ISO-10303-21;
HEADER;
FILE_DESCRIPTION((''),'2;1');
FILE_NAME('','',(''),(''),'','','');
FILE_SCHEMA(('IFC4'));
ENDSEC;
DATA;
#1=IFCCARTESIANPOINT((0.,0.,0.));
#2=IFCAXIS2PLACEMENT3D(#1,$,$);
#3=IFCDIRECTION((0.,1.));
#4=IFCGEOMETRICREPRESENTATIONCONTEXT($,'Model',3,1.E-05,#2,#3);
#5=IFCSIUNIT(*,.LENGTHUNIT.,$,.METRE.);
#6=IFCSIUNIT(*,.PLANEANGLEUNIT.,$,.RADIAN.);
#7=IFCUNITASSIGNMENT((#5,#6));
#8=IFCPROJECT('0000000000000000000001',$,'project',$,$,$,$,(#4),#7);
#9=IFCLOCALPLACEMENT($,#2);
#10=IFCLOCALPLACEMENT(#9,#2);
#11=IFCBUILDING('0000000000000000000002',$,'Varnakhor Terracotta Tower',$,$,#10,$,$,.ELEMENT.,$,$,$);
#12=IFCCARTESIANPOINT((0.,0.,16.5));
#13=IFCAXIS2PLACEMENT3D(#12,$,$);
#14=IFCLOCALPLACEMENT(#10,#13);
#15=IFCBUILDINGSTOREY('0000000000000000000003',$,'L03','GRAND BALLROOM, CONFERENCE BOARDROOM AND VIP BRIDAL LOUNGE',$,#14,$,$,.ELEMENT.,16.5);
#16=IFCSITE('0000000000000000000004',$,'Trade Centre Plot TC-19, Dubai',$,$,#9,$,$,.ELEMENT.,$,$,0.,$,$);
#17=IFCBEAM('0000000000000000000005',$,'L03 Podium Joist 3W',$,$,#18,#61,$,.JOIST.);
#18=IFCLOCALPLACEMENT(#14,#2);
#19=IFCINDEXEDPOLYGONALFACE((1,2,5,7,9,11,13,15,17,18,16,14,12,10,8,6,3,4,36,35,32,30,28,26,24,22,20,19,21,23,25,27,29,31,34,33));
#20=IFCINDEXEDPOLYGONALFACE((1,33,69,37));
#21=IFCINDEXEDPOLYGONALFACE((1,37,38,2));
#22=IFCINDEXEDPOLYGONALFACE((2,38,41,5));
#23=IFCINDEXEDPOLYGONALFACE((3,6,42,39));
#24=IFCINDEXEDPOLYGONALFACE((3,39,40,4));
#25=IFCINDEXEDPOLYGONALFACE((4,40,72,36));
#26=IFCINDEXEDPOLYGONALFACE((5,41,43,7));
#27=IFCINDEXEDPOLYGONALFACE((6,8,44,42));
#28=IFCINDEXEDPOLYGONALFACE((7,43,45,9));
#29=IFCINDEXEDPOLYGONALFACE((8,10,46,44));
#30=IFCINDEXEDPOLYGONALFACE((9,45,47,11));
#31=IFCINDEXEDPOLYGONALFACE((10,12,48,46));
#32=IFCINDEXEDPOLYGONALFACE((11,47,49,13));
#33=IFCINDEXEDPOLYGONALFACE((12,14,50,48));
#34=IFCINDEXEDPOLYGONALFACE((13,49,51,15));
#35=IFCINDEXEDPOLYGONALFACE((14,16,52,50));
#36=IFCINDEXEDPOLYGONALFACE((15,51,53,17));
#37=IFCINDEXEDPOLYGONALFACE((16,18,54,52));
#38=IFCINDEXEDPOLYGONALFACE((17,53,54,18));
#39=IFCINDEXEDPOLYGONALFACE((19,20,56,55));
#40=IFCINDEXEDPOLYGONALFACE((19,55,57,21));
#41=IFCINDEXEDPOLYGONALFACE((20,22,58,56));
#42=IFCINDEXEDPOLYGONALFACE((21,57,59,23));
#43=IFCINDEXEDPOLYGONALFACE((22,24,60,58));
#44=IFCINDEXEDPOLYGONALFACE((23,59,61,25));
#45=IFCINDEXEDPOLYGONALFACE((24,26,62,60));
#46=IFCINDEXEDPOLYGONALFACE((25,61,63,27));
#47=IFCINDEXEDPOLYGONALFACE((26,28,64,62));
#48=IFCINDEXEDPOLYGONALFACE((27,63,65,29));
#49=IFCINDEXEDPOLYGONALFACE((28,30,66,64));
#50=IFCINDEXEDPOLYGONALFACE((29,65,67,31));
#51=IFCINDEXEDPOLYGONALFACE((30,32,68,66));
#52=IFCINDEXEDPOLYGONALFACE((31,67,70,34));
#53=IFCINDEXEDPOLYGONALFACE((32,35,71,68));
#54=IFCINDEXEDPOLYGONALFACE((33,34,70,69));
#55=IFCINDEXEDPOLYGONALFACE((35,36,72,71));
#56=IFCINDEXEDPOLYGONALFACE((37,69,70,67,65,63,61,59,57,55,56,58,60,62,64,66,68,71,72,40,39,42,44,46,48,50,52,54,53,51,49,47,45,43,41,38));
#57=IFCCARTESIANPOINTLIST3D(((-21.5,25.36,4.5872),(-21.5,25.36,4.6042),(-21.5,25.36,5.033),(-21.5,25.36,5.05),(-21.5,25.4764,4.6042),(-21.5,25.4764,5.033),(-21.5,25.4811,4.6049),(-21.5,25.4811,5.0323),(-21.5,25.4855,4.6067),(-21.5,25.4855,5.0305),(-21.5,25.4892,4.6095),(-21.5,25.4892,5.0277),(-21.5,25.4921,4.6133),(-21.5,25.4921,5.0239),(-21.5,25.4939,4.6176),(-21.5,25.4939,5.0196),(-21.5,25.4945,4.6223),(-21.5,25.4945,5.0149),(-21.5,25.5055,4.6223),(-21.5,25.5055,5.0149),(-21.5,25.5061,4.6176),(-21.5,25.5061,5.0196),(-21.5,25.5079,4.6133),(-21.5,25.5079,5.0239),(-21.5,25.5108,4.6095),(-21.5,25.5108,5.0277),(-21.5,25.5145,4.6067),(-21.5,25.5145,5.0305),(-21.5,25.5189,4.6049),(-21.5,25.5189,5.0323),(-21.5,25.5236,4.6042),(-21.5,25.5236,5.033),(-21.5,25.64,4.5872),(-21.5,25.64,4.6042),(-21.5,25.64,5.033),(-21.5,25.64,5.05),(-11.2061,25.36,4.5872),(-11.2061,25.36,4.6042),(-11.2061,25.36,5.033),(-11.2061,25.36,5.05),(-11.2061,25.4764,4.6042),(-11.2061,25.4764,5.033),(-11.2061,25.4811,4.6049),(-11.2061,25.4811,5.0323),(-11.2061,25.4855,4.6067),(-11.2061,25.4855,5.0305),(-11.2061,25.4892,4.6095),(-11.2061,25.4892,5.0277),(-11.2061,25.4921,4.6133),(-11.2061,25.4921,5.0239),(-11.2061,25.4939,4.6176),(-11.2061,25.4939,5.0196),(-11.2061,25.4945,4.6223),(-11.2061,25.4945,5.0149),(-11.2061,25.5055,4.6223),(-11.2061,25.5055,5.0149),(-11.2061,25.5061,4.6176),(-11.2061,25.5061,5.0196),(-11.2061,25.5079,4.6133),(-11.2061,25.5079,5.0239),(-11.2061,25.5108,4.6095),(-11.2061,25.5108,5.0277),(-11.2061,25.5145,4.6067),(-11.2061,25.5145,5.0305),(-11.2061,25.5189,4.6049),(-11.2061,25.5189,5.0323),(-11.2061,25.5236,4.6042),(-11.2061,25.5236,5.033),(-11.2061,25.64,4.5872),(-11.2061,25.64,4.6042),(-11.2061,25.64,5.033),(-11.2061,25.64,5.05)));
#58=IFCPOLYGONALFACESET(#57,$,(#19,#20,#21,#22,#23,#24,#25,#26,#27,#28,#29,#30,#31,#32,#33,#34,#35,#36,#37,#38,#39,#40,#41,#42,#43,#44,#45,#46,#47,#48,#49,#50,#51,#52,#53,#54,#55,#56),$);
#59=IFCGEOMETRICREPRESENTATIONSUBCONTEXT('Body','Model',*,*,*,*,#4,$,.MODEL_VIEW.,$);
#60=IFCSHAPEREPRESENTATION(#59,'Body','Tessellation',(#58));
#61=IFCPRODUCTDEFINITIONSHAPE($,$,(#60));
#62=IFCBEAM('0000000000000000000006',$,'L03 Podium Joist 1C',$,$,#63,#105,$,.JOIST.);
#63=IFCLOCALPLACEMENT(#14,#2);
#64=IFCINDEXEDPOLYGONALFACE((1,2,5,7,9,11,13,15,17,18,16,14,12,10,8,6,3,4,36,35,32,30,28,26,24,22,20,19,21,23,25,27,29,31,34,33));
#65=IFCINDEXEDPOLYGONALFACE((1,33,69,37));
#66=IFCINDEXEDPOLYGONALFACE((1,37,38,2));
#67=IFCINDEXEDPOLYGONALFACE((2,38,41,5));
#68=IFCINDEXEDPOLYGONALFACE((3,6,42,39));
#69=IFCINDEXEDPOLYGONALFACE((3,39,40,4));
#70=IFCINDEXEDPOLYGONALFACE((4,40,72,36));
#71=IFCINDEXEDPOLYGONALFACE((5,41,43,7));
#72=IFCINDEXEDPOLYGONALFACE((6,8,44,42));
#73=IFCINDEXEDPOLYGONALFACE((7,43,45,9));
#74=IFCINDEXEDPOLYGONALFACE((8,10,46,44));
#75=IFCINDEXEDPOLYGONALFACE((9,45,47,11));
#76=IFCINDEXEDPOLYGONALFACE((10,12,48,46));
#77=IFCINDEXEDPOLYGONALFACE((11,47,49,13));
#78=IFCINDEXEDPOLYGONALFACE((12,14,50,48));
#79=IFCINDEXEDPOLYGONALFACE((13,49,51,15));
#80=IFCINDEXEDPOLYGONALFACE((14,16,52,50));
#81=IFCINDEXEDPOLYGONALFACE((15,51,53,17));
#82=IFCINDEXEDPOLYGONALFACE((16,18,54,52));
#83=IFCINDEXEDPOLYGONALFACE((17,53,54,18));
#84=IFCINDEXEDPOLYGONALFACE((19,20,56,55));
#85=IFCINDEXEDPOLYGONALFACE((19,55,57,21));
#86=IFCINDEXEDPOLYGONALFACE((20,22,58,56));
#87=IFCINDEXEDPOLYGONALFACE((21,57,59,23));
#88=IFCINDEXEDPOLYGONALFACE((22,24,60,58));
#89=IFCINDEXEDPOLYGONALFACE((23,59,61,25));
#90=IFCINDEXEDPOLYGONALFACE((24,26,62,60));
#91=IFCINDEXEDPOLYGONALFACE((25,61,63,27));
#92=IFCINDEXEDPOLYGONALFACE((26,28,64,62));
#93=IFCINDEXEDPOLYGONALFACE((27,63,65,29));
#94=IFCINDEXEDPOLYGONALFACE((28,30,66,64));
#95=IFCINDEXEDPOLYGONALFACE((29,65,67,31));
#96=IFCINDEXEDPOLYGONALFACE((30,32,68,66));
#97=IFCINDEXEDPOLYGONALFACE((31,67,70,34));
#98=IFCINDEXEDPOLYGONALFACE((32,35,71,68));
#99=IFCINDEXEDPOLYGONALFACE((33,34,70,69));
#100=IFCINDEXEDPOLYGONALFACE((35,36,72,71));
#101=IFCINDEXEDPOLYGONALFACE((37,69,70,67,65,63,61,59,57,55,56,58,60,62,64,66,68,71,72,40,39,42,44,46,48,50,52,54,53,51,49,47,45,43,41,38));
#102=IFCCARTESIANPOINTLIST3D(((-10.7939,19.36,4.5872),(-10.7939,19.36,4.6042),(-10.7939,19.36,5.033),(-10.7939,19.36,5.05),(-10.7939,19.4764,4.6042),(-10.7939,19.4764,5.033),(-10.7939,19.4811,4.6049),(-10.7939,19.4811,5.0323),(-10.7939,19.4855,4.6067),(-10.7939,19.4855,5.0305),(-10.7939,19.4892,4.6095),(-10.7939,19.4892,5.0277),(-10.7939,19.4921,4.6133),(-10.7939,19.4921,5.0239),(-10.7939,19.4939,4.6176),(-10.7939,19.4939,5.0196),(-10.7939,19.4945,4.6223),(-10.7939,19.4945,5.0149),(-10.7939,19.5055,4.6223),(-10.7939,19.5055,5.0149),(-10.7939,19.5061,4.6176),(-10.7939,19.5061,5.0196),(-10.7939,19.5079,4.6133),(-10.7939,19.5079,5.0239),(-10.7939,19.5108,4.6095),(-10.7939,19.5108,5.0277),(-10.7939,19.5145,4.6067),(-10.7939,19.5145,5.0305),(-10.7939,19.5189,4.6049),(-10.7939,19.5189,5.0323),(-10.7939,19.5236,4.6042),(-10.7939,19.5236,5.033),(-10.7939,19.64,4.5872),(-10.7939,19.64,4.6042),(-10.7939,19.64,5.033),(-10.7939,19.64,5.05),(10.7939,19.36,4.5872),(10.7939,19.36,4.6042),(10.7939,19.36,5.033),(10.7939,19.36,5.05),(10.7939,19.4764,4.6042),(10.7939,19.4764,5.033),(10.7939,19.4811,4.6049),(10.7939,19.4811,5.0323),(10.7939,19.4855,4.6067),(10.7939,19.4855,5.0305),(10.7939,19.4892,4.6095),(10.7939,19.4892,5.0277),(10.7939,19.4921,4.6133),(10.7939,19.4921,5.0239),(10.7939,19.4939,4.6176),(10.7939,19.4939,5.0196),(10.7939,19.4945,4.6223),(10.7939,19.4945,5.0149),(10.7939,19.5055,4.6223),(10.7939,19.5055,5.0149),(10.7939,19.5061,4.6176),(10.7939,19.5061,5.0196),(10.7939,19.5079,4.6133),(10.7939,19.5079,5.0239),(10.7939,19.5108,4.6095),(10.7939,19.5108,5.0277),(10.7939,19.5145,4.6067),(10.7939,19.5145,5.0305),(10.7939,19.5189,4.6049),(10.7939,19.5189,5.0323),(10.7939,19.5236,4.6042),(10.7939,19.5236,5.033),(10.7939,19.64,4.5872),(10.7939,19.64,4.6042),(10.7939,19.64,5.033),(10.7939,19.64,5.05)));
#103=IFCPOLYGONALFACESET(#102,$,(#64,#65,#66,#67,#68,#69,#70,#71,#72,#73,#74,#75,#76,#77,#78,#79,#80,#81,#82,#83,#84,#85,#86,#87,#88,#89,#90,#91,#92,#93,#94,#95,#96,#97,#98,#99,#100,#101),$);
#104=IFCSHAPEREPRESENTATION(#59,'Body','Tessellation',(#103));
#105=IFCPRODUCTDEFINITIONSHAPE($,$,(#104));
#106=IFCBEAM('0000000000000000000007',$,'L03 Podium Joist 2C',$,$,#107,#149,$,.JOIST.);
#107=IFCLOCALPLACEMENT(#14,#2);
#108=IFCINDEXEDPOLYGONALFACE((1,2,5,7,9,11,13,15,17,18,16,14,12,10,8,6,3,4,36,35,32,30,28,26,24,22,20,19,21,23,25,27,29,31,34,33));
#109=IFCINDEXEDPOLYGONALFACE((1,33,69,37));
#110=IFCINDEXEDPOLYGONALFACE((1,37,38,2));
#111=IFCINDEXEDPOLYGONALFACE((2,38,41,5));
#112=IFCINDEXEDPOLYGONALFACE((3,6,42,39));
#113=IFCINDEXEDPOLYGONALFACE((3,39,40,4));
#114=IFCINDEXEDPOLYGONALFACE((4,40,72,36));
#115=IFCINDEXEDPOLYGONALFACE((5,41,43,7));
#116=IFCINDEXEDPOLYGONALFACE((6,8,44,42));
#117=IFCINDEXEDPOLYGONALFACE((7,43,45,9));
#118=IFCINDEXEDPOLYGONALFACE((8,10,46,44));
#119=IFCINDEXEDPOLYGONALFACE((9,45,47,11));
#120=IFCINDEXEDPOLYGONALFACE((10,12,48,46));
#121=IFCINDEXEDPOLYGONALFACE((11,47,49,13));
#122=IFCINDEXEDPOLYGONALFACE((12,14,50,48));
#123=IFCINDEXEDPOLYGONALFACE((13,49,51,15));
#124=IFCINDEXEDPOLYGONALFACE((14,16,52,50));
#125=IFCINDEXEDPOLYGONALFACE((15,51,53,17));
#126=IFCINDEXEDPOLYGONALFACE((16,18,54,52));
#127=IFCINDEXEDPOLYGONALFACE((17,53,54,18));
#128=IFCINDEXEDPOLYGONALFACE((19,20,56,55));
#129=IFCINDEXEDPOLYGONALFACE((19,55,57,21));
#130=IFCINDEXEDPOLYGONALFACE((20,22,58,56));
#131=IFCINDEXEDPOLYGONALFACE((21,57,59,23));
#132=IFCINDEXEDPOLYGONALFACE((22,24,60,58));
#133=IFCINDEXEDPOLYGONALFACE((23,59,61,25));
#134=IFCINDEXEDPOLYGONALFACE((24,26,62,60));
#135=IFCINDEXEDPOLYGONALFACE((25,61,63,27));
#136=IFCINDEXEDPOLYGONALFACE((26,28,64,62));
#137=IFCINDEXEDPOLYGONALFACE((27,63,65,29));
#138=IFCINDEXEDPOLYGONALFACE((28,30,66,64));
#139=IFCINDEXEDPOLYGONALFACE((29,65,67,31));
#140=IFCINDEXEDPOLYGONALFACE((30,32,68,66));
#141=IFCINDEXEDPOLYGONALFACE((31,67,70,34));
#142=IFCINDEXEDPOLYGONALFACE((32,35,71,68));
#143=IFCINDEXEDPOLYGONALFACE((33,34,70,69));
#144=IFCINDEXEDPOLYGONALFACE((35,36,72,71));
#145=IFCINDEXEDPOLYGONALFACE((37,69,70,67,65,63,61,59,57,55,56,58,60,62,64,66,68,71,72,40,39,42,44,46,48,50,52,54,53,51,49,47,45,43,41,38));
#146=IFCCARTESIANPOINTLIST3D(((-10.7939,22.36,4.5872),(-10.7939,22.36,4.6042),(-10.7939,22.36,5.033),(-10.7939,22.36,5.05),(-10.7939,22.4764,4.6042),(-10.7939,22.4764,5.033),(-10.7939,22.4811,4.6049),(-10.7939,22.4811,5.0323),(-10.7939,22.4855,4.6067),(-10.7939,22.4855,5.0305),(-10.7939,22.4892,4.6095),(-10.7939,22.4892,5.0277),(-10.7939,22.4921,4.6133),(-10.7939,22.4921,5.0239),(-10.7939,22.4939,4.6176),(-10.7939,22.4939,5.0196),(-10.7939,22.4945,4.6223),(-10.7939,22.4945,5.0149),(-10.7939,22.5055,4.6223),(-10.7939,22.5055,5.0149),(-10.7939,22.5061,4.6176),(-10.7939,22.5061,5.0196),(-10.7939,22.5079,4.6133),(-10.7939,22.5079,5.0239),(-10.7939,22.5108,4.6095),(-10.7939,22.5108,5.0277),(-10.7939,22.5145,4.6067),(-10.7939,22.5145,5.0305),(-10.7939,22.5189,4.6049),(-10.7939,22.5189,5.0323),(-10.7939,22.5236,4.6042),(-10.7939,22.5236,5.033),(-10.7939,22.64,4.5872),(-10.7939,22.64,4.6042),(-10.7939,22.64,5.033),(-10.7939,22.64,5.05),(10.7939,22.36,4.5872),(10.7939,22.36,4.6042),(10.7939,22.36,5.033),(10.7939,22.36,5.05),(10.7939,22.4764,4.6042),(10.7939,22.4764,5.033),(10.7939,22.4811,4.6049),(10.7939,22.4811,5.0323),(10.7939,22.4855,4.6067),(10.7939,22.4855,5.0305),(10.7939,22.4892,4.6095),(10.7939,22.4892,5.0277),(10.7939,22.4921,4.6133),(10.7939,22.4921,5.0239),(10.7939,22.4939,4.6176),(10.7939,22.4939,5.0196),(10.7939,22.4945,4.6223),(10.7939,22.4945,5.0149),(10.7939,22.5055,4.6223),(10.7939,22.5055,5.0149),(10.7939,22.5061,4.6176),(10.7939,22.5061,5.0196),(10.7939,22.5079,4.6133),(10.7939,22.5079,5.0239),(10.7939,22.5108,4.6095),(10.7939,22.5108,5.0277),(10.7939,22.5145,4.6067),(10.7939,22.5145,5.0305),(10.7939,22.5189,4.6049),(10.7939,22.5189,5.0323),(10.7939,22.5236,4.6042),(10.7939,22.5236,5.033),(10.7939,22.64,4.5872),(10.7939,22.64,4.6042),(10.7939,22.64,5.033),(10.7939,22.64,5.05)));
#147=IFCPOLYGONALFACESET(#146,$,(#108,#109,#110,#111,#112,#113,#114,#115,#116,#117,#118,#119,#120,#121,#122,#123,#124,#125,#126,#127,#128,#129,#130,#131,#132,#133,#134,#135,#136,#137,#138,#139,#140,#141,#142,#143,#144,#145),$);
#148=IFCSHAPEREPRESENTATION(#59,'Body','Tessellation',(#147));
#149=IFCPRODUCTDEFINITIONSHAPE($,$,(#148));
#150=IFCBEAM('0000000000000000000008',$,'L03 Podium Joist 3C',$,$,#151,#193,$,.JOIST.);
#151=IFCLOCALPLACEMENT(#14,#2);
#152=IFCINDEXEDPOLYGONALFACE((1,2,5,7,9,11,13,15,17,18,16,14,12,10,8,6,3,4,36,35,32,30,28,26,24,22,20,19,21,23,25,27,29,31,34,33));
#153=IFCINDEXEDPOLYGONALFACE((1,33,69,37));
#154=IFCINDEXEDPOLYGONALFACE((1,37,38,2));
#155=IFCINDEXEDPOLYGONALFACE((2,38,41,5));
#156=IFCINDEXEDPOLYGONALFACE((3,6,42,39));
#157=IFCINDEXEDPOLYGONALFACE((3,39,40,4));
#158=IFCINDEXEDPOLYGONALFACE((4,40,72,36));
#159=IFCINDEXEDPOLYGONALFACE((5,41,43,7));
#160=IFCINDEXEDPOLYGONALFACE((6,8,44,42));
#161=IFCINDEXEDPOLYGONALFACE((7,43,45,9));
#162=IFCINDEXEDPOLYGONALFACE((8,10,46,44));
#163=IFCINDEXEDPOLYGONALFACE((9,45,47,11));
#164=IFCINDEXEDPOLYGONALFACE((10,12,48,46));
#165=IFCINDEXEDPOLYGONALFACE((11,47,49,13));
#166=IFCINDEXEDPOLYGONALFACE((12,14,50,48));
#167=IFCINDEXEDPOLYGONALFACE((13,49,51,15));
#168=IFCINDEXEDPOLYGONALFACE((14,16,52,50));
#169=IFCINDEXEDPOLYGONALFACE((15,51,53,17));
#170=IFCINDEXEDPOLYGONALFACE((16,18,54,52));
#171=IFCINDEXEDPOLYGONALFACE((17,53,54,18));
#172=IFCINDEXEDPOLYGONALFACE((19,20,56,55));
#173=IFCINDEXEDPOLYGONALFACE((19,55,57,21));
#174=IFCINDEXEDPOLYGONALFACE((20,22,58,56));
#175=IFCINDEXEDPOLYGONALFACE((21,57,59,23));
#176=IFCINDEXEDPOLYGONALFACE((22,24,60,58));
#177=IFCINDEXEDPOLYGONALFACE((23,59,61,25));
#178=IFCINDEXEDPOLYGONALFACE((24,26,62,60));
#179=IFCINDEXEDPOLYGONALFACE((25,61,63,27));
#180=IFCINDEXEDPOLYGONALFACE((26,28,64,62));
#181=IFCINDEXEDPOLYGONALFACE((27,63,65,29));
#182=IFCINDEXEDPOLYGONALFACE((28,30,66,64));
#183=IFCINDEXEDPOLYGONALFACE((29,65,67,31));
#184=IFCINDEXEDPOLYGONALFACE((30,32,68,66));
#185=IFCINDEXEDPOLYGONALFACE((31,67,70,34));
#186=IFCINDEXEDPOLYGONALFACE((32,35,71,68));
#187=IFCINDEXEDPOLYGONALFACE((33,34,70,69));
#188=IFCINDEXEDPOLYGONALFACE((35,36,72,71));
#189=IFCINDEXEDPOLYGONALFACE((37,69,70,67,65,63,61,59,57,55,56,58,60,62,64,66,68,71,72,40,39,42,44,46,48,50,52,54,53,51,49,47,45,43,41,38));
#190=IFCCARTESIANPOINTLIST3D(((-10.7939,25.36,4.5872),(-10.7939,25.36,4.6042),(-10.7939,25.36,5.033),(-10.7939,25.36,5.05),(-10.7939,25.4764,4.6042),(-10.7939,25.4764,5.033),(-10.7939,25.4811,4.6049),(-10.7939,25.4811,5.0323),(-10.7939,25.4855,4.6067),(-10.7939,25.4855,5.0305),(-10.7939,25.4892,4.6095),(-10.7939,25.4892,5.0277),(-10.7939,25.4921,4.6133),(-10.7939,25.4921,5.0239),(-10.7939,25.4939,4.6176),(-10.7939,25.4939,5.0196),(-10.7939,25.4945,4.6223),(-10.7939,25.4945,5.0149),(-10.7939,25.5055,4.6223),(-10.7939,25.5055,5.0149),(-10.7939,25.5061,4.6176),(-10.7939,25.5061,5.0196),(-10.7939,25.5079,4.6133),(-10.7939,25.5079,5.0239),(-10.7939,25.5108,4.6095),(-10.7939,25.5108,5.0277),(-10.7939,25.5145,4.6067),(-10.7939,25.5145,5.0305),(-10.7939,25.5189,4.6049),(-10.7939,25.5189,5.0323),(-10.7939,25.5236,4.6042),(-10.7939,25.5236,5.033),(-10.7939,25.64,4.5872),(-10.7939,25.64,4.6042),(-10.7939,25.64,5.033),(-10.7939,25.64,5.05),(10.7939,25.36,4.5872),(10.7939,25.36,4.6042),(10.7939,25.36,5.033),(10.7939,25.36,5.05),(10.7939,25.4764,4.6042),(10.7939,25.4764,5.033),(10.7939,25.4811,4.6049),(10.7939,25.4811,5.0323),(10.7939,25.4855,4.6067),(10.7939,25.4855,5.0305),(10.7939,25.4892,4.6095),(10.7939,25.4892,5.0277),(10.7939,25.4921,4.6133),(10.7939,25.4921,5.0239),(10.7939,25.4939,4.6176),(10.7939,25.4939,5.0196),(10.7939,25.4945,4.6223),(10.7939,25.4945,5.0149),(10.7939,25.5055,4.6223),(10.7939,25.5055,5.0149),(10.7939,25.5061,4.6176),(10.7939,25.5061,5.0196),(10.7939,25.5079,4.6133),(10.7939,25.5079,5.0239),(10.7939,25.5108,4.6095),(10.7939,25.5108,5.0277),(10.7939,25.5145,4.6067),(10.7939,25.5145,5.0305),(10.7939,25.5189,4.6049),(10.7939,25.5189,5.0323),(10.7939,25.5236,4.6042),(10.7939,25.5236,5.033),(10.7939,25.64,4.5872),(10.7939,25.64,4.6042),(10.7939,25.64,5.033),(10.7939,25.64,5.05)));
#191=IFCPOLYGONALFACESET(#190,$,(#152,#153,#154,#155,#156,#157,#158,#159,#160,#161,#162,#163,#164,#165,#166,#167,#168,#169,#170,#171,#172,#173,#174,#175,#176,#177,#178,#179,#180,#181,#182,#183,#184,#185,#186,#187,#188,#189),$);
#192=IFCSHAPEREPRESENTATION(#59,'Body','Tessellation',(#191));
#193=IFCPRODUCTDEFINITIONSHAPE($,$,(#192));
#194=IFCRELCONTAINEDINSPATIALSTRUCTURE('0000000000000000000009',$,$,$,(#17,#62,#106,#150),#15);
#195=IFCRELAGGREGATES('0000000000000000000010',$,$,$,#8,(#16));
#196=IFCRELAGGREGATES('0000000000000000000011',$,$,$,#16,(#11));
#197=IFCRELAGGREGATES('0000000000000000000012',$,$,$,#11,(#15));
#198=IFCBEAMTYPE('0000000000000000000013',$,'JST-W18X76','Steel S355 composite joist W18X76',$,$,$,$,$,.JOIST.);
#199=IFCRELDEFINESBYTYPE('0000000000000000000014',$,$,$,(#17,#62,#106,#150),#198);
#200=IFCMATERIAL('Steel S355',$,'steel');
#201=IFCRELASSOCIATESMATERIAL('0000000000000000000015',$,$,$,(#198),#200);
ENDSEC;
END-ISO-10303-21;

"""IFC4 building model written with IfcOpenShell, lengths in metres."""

from ifc_helpers import new_model, si_unit, direction, frame, origin, origin_2d, place, context, subcontext, project, spatial, i_section, extrude, source, transform, mapped, material, material_profile, profile_set, type_object, type_shapes, element, save


model = new_model("IFC4")

# Units and contexts
model_context = context("Model", 3, precision=1e-05, world=origin(), true_north=direction((0.0, 1.0)))
body_context = subcontext(model_context, "Body", "Model", "MODEL_VIEW")
ifc_project = project(units=[si_unit("LENGTHUNIT", "METRE"), si_unit("PLANEANGLEUNIT", "RADIAN")], contexts=[model_context])

# Site, building, storey
site_placement = place(None, origin())
site = spatial("IfcSite", under=ifc_project, at=site_placement, Name="Trade Centre Plot TC-19, Dubai", CompositionType="ELEMENT", RefElevation=0.0)
building_placement = place(site_placement, origin())
building = spatial("IfcBuilding", under=site, at=building_placement, Name="Varnakhor Terracotta Tower", CompositionType="ELEMENT")
storey_placement = place(building_placement, frame((0.0, 0.0, 16.5)))
storey = spatial("IfcBuildingStorey", under=building, at=storey_placement, Name="L03", Description="GRAND BALLROOM, CONFERENCE BOARDROOM AND VIP BRIDAL LOUNGE", CompositionType="ELEMENT", Elevation=16.5)

# Beams
ifc_material_1 = material(Name="Steel S355", Category="steel")
ifc_material_profile_1 = material_profile(ifc_material_1, i_section(OverallWidth=0.28, OverallDepth=0.4629, WebThickness=0.011, FlangeThickness=0.0171, FilletRadius=0.0181, at=origin_2d()), Name="W18X76")
ifc_profile_set_1 = profile_set([ifc_material_profile_1], Name="Steel S355")
beam_type_1 = type_object("IfcBeamType", Name="JST-W18X76", Description="Steel S355 composite joist W18X76", PredefinedType="JOIST", material=ifc_profile_set_1)
shared_shape_1 = source(origin(), body_context, "Body", "SweptSolid", [
    extrude(i_section(OverallWidth=0.28, OverallDepth=0.4629, WebThickness=0.011, FlangeThickness=0.0171, FilletRadius=0.0181, at=origin_2d()), origin(), (0.0, 0.0, 1.0), 10.2939),
])
type_shapes(beam_type_1, [shared_shape_1])
for number, where, z_axis, x_axis, name in (
    (1, (-21.5, 25.5, 4.8186), (1.0, 0.0, 0.0), (0.0, 1.0, 0.0), "L03 Podium Joist 3W"),
):
    element("IfcBeam", number, at=place(storey_placement, frame(where, z_axis=z_axis, x_axis=x_axis)), inside=storey, type_object=beam_type_1, Name=name, PredefinedType="JOIST", context=body_context, shape_type="MappedRepresentation", body=[
        mapped(shared_shape_1, transform((0.0, 0.0, 0.0), scale=1.0)),
    ])
shared_shape_2 = source(origin(), body_context, "Body", "SweptSolid", [
    extrude(i_section(OverallWidth=0.28, OverallDepth=0.4629, WebThickness=0.011, FlangeThickness=0.0171, FilletRadius=0.0181, at=origin_2d()), origin(), (0.0, 0.0, 1.0), 21.5879),
])
for number, where, z_axis, x_axis, name in (
    (2, (-10.7939, 19.5, 4.8186), (1.0, 0.0, 0.0), (0.0, 1.0, 0.0), "L03 Podium Joist 1C"),
    (3, (-10.7939, 22.5, 4.8186), (1.0, 0.0, 0.0), (0.0, 1.0, 0.0), "L03 Podium Joist 2C"),
    (4, (-10.7939, 25.5, 4.8186), (1.0, 0.0, 0.0), (0.0, 1.0, 0.0), "L03 Podium Joist 3C"),
):
    element("IfcBeam", number, at=place(storey_placement, frame(where, z_axis=z_axis, x_axis=x_axis)), inside=storey, type_object=beam_type_1, Name=name, PredefinedType="JOIST", context=body_context, shape_type="MappedRepresentation", body=[
        mapped(shared_shape_2, transform((0.0, 0.0, 0.0), scale=1.0)),
    ])

save(model, "model.ifc")
